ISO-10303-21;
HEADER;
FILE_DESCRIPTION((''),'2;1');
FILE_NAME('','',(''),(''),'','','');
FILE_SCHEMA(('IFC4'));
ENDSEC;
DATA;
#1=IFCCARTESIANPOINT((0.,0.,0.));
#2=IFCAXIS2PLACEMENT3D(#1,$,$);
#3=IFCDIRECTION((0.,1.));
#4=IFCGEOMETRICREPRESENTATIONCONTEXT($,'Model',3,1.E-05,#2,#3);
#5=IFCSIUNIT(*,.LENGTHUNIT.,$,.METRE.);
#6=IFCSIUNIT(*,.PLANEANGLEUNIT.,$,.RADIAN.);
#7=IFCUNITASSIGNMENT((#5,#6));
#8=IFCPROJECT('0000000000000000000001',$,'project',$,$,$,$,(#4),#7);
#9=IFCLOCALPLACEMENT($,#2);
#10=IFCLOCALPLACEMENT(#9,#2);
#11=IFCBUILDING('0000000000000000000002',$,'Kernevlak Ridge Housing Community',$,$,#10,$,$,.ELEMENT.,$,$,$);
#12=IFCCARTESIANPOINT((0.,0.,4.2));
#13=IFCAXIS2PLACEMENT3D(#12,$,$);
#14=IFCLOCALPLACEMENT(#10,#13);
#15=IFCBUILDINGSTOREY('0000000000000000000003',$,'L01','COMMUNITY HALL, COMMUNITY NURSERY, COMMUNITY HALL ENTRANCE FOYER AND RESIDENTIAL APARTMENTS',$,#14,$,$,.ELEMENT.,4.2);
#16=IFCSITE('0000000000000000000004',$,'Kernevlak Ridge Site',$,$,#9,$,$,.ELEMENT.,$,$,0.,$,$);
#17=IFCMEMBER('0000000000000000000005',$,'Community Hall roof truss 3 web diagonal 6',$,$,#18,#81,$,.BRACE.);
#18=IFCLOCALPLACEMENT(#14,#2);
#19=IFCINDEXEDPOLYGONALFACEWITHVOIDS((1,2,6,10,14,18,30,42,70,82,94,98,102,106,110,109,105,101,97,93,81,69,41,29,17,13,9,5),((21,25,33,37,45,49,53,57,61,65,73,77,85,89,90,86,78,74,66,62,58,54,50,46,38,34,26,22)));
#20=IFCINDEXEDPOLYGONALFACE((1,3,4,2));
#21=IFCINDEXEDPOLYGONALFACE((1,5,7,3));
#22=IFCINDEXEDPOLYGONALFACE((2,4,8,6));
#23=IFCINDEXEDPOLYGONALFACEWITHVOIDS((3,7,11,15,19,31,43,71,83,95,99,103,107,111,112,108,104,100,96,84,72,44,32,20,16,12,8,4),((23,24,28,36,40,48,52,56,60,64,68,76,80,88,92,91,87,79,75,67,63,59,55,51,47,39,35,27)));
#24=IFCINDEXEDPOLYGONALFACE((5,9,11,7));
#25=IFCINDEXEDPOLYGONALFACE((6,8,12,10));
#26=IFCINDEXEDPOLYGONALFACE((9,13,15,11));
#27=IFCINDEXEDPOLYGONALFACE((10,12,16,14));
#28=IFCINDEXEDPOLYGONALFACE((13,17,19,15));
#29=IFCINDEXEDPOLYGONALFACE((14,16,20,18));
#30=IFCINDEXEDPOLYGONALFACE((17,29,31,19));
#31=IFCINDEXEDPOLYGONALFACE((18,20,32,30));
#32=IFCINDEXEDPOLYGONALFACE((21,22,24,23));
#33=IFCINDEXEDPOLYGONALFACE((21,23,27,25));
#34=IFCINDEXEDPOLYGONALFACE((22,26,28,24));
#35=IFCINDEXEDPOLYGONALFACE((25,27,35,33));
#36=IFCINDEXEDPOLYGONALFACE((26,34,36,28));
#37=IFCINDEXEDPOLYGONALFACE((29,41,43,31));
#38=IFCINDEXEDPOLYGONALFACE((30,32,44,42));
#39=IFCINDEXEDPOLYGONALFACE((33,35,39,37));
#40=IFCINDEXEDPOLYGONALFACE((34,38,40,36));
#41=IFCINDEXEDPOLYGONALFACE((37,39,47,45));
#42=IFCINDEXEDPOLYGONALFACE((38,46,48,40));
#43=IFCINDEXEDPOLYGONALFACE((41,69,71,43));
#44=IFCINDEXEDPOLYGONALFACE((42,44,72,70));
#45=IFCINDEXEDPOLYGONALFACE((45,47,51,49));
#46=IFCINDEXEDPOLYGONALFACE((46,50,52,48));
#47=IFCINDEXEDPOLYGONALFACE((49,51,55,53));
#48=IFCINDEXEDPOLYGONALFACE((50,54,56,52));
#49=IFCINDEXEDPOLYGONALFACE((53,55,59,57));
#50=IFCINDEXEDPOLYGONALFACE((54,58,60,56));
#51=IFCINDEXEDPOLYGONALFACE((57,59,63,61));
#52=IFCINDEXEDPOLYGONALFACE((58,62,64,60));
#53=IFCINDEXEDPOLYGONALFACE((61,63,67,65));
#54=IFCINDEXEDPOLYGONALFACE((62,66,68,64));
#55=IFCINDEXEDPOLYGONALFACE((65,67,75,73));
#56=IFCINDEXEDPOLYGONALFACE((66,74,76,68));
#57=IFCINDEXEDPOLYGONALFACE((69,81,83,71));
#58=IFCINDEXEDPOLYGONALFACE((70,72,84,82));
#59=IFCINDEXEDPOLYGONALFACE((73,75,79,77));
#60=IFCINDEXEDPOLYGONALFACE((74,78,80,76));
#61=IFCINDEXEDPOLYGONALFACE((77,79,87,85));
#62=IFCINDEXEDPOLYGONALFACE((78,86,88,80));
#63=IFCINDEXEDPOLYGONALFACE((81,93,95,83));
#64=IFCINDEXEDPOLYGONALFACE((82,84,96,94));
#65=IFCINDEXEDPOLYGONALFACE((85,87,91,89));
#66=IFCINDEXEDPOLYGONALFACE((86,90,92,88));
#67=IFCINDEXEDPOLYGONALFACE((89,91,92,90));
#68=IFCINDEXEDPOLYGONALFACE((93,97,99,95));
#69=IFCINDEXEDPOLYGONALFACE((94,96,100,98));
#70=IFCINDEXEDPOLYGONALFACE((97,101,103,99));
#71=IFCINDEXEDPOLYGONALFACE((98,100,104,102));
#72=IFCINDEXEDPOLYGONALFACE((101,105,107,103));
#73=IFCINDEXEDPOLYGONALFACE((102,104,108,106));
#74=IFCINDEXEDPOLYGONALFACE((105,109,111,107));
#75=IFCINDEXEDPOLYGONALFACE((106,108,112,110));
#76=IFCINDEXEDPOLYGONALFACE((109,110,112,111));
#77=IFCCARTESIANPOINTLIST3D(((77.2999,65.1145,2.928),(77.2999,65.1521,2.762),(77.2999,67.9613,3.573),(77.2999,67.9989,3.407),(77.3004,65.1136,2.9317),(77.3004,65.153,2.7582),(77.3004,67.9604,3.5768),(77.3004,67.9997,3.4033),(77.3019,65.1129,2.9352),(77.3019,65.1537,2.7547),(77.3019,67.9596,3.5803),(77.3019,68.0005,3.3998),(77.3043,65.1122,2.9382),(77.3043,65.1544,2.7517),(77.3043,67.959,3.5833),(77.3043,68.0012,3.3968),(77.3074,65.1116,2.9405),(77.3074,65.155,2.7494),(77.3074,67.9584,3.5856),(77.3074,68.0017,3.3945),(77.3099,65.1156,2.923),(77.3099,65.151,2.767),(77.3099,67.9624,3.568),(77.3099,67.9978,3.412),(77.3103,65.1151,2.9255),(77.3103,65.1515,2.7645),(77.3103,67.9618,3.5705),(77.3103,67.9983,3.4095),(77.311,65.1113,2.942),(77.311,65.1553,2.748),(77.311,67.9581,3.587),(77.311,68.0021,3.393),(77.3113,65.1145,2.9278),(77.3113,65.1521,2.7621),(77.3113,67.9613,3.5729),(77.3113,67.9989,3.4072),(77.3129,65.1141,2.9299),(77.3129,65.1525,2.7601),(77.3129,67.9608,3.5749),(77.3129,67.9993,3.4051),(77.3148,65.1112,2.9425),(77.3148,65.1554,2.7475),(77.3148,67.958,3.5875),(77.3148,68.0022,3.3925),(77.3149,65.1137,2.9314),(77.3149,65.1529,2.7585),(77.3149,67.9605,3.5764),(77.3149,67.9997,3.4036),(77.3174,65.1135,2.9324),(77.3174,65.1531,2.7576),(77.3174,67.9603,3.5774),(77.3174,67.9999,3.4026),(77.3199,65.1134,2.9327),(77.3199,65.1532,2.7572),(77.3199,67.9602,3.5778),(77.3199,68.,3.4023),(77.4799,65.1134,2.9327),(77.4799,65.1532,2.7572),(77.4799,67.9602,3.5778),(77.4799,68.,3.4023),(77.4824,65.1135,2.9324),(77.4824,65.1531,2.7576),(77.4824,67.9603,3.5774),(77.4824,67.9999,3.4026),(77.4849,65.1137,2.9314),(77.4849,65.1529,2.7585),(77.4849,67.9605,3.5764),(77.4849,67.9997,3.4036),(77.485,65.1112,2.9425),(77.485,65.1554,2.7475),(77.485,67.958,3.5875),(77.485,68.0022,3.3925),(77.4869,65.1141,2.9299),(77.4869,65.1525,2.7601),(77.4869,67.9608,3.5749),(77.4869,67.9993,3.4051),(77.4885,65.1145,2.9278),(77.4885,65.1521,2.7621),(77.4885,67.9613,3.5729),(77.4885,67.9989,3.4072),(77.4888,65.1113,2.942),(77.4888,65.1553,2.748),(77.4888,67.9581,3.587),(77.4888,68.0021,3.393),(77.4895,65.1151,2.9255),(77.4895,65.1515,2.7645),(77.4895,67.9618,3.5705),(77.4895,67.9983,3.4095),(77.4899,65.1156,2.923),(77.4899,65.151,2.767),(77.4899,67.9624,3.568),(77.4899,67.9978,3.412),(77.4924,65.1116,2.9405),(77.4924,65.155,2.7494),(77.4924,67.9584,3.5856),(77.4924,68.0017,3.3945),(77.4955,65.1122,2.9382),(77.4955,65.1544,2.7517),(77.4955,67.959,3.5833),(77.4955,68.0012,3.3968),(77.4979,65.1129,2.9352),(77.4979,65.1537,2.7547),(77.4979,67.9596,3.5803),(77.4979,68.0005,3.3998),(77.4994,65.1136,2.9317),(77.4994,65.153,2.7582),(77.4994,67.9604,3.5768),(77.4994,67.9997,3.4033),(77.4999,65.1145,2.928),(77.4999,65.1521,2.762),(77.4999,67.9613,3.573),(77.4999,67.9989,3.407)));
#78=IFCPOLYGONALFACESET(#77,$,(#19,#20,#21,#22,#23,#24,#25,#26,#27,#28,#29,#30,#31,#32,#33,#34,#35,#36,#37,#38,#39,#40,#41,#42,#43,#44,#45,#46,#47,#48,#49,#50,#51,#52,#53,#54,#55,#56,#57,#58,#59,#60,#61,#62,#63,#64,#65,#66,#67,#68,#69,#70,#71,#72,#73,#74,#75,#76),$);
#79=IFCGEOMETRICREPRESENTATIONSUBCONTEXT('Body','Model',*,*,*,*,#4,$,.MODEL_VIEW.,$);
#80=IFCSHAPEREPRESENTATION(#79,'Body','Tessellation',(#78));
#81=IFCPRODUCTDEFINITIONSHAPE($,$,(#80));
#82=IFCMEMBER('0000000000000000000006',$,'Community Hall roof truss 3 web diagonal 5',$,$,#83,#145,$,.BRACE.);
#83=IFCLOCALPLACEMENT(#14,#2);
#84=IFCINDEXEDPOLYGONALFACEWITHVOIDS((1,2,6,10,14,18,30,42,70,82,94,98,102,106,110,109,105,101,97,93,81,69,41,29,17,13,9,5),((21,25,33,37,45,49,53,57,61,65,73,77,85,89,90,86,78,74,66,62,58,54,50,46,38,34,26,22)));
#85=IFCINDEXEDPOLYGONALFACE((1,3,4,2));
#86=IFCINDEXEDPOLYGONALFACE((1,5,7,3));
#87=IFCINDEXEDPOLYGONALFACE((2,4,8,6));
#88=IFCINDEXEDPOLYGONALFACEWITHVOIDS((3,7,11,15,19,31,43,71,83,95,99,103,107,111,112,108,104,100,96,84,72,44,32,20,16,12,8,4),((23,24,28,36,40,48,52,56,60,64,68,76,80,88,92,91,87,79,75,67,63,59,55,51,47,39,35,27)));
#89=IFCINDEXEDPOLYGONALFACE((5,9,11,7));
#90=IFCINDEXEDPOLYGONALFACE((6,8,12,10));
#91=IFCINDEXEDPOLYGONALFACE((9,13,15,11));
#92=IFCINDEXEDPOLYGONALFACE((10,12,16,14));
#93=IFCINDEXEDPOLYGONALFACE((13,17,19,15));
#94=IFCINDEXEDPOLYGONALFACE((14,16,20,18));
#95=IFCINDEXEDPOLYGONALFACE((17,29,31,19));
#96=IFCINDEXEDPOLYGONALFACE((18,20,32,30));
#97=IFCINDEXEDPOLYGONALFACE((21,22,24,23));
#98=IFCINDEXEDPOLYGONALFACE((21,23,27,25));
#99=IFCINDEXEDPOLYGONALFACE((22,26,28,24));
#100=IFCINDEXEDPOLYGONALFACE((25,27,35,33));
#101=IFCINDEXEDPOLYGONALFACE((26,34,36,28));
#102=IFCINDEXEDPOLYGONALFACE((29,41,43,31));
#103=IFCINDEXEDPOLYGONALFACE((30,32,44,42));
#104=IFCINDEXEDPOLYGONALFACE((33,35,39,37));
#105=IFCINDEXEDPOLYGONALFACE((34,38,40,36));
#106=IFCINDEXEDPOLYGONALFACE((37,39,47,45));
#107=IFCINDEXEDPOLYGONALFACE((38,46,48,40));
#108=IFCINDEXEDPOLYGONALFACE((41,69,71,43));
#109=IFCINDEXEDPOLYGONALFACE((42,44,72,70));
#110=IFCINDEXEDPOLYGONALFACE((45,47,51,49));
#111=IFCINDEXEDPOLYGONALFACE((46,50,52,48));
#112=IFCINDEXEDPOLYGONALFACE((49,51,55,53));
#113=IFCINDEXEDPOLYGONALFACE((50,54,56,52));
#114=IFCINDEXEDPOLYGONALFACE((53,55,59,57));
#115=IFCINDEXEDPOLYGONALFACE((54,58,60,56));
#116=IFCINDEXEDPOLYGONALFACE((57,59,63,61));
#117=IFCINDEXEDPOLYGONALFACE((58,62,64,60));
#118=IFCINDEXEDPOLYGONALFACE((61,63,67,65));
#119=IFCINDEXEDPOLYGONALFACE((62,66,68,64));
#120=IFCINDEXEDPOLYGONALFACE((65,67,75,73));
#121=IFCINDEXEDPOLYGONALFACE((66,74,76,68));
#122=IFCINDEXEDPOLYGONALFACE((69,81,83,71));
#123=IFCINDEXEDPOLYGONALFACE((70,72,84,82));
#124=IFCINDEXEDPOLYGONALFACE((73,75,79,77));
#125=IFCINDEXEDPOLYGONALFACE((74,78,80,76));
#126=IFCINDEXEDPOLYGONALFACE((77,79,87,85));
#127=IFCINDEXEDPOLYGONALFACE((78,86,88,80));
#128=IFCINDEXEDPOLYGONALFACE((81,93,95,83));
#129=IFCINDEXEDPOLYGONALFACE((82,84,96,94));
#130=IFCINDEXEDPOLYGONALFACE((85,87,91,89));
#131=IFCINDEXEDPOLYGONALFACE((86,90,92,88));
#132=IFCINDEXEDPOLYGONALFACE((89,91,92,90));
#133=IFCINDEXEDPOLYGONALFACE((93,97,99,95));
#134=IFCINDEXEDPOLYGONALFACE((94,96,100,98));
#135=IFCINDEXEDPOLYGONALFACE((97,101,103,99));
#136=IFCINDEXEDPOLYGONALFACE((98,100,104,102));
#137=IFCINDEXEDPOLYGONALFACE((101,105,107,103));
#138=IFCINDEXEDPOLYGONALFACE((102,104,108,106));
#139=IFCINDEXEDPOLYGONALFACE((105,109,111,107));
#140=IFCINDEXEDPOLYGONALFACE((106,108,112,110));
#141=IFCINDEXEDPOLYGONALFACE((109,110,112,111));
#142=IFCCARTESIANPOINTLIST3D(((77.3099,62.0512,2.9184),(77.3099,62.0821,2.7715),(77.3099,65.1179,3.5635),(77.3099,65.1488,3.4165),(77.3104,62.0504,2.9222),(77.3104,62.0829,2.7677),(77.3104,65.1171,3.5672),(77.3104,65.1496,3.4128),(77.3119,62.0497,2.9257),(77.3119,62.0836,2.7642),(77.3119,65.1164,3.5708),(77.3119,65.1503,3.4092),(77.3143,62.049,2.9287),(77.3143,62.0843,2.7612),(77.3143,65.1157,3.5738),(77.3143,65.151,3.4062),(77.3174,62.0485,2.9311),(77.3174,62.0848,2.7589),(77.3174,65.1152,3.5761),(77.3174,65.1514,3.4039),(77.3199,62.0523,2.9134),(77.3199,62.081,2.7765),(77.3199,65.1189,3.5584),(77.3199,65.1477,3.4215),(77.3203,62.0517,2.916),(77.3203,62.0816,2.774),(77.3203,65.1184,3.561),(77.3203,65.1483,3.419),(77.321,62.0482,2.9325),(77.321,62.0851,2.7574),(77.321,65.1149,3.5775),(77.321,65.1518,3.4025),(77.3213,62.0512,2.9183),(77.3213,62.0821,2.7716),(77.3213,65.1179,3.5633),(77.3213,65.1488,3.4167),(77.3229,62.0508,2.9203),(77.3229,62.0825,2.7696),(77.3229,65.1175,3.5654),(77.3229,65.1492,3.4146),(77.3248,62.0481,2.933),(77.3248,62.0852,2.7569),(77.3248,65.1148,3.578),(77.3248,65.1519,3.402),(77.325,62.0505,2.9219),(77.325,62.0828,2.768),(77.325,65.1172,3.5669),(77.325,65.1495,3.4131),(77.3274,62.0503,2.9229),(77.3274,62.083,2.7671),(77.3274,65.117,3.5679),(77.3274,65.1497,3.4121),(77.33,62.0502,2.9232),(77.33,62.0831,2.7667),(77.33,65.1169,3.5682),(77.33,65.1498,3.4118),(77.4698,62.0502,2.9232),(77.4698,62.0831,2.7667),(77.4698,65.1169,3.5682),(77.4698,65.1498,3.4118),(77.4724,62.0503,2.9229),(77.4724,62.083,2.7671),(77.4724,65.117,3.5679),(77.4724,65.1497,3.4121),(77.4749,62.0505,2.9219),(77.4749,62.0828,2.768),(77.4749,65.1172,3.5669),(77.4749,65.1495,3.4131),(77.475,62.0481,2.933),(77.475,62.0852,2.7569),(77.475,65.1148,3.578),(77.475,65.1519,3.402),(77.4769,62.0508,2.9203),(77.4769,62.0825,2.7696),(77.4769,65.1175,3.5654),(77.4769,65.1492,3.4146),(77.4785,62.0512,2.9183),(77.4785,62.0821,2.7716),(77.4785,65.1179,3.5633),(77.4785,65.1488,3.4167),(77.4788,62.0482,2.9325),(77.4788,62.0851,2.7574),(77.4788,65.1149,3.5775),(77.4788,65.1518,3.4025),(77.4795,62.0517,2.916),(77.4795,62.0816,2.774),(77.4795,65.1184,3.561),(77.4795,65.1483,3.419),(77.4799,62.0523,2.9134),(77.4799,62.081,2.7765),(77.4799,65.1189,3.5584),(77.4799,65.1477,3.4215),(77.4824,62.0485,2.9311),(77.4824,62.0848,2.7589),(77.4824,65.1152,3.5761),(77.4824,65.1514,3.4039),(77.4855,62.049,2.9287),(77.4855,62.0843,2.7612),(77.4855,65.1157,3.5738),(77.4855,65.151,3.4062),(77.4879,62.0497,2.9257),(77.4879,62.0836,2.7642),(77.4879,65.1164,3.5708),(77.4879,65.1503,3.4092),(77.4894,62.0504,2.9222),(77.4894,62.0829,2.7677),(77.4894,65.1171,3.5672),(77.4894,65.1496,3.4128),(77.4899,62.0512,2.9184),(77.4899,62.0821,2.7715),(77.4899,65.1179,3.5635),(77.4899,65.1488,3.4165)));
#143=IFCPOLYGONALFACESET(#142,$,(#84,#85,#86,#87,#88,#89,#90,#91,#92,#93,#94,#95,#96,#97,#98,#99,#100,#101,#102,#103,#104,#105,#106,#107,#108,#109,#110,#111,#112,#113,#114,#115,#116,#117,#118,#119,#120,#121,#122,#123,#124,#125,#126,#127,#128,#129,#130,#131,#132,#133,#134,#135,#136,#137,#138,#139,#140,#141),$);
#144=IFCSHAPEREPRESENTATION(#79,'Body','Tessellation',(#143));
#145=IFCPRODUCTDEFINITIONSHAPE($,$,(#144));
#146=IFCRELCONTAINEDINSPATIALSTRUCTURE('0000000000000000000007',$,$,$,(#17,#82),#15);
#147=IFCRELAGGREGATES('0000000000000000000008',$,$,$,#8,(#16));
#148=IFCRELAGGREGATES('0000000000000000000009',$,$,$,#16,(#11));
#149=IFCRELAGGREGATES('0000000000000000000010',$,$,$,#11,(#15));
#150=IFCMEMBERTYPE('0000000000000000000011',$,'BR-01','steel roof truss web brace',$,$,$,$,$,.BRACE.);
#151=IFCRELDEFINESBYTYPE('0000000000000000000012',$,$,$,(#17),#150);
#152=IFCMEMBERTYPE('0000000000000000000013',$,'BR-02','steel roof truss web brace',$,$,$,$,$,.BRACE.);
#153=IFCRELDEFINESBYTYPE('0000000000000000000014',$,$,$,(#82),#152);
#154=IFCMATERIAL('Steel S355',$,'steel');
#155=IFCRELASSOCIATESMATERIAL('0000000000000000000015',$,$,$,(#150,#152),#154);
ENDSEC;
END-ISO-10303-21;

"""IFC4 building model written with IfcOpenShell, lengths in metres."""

from ifc_helpers import new_model, si_unit, direction, frame, origin, origin_2d, place, context, subcontext, project, spatial, hollow_rectangle, extrude, material, material_profile, profile_set, type_object, element, save


model = new_model("IFC4")

# Units and contexts
model_context = context("Model", 3, precision=1e-05, world=origin(), true_north=direction((0.0, 1.0)))
body_context = subcontext(model_context, "Body", "Model", "MODEL_VIEW")
ifc_project = project(units=[si_unit("LENGTHUNIT", "METRE"), si_unit("PLANEANGLEUNIT", "RADIAN")], contexts=[model_context])

# Site, building, storey
site_placement = place(None, origin())
site = spatial("IfcSite", under=ifc_project, at=site_placement, Name="Kernevlak Ridge Site", CompositionType="ELEMENT", RefElevation=0.0)
building_placement = place(site_placement, origin())
building = spatial("IfcBuilding", under=site, at=building_placement, Name="Kernevlak Ridge Housing Community", CompositionType="ELEMENT")
storey_placement = place(building_placement, frame((0.0, 0.0, 4.2)))
storey = spatial("IfcBuildingStorey", under=building, at=storey_placement, Name="L01", Description="COMMUNITY HALL, COMMUNITY NURSERY, COMMUNITY HALL ENTRANCE FOYER AND RESIDENTIAL APARTMENTS", CompositionType="ELEMENT", Elevation=4.2)

# Shared definitions
ifc_material_1 = material(Name="Steel S355", Category="steel")

# Members
ifc_material_profile_1 = material_profile(ifc_material_1, hollow_rectangle(XDim=0.2, YDim=0.2, WallThickness=0.01, InnerFilletRadius=0.01, OuterFilletRadius=0.0149, at=origin_2d()), Name="SHS 200x200x10")
ifc_profile_set_1 = profile_set([ifc_material_profile_1], Name="Steel S355")
member_type_1 = type_object("IfcMemberType", Name="BR-01", Description="steel roof truss web brace", PredefinedType="BRACE", material=ifc_profile_set_1)
member_1_placement = place(storey_placement, frame((77.3999, 65.1333, 2.845), z_axis=(0.0, 0.975277, 0.220985), x_axis=(-1.0, 0.0, 0.0)))
element("IfcMember", 1, at=member_1_placement, inside=storey, type_object=member_type_1, Name="Community Hall roof truss 3 web diagonal 6", PredefinedType="BRACE", context=body_context, shape_type="SweptSolid", body=[
    extrude(hollow_rectangle(XDim=0.2, YDim=0.2, WallThickness=0.01, InnerFilletRadius=0.01, OuterFilletRadius=0.0149, at=origin_2d()), origin(), (0.0, 0.0, 1.0), 2.9189),
])
ifc_material_profile_2 = material_profile(ifc_material_1, hollow_rectangle(XDim=0.1799, YDim=0.1799, WallThickness=0.01, InnerFilletRadius=0.01, OuterFilletRadius=0.0149, at=origin_2d()), Name="SHS 180x180x10")
ifc_profile_set_2 = profile_set([ifc_material_profile_2], Name="Steel S355")
member_type_2 = type_object("IfcMemberType", Name="BR-02", Description="steel roof truss web brace", PredefinedType="BRACE", material=ifc_profile_set_2)
member_2_placement = place(storey_placement, frame((77.3999, 62.0667, 2.845), z_axis=(0.0, 0.978588, 0.20583), x_axis=(-1.0, 0.0, 0.0)))
element("IfcMember", 2, at=member_2_placement, inside=storey, type_object=member_type_2, Name="Community Hall roof truss 3 web diagonal 5", PredefinedType="BRACE", context=body_context, shape_type="SweptSolid", body=[
    extrude(hollow_rectangle(XDim=0.1799, YDim=0.1799, WallThickness=0.01, InnerFilletRadius=0.01, OuterFilletRadius=0.0149, at=origin_2d()), origin(), (0.0, 0.0, 1.0), 3.1338),
])

save(model, "model.ifc")
